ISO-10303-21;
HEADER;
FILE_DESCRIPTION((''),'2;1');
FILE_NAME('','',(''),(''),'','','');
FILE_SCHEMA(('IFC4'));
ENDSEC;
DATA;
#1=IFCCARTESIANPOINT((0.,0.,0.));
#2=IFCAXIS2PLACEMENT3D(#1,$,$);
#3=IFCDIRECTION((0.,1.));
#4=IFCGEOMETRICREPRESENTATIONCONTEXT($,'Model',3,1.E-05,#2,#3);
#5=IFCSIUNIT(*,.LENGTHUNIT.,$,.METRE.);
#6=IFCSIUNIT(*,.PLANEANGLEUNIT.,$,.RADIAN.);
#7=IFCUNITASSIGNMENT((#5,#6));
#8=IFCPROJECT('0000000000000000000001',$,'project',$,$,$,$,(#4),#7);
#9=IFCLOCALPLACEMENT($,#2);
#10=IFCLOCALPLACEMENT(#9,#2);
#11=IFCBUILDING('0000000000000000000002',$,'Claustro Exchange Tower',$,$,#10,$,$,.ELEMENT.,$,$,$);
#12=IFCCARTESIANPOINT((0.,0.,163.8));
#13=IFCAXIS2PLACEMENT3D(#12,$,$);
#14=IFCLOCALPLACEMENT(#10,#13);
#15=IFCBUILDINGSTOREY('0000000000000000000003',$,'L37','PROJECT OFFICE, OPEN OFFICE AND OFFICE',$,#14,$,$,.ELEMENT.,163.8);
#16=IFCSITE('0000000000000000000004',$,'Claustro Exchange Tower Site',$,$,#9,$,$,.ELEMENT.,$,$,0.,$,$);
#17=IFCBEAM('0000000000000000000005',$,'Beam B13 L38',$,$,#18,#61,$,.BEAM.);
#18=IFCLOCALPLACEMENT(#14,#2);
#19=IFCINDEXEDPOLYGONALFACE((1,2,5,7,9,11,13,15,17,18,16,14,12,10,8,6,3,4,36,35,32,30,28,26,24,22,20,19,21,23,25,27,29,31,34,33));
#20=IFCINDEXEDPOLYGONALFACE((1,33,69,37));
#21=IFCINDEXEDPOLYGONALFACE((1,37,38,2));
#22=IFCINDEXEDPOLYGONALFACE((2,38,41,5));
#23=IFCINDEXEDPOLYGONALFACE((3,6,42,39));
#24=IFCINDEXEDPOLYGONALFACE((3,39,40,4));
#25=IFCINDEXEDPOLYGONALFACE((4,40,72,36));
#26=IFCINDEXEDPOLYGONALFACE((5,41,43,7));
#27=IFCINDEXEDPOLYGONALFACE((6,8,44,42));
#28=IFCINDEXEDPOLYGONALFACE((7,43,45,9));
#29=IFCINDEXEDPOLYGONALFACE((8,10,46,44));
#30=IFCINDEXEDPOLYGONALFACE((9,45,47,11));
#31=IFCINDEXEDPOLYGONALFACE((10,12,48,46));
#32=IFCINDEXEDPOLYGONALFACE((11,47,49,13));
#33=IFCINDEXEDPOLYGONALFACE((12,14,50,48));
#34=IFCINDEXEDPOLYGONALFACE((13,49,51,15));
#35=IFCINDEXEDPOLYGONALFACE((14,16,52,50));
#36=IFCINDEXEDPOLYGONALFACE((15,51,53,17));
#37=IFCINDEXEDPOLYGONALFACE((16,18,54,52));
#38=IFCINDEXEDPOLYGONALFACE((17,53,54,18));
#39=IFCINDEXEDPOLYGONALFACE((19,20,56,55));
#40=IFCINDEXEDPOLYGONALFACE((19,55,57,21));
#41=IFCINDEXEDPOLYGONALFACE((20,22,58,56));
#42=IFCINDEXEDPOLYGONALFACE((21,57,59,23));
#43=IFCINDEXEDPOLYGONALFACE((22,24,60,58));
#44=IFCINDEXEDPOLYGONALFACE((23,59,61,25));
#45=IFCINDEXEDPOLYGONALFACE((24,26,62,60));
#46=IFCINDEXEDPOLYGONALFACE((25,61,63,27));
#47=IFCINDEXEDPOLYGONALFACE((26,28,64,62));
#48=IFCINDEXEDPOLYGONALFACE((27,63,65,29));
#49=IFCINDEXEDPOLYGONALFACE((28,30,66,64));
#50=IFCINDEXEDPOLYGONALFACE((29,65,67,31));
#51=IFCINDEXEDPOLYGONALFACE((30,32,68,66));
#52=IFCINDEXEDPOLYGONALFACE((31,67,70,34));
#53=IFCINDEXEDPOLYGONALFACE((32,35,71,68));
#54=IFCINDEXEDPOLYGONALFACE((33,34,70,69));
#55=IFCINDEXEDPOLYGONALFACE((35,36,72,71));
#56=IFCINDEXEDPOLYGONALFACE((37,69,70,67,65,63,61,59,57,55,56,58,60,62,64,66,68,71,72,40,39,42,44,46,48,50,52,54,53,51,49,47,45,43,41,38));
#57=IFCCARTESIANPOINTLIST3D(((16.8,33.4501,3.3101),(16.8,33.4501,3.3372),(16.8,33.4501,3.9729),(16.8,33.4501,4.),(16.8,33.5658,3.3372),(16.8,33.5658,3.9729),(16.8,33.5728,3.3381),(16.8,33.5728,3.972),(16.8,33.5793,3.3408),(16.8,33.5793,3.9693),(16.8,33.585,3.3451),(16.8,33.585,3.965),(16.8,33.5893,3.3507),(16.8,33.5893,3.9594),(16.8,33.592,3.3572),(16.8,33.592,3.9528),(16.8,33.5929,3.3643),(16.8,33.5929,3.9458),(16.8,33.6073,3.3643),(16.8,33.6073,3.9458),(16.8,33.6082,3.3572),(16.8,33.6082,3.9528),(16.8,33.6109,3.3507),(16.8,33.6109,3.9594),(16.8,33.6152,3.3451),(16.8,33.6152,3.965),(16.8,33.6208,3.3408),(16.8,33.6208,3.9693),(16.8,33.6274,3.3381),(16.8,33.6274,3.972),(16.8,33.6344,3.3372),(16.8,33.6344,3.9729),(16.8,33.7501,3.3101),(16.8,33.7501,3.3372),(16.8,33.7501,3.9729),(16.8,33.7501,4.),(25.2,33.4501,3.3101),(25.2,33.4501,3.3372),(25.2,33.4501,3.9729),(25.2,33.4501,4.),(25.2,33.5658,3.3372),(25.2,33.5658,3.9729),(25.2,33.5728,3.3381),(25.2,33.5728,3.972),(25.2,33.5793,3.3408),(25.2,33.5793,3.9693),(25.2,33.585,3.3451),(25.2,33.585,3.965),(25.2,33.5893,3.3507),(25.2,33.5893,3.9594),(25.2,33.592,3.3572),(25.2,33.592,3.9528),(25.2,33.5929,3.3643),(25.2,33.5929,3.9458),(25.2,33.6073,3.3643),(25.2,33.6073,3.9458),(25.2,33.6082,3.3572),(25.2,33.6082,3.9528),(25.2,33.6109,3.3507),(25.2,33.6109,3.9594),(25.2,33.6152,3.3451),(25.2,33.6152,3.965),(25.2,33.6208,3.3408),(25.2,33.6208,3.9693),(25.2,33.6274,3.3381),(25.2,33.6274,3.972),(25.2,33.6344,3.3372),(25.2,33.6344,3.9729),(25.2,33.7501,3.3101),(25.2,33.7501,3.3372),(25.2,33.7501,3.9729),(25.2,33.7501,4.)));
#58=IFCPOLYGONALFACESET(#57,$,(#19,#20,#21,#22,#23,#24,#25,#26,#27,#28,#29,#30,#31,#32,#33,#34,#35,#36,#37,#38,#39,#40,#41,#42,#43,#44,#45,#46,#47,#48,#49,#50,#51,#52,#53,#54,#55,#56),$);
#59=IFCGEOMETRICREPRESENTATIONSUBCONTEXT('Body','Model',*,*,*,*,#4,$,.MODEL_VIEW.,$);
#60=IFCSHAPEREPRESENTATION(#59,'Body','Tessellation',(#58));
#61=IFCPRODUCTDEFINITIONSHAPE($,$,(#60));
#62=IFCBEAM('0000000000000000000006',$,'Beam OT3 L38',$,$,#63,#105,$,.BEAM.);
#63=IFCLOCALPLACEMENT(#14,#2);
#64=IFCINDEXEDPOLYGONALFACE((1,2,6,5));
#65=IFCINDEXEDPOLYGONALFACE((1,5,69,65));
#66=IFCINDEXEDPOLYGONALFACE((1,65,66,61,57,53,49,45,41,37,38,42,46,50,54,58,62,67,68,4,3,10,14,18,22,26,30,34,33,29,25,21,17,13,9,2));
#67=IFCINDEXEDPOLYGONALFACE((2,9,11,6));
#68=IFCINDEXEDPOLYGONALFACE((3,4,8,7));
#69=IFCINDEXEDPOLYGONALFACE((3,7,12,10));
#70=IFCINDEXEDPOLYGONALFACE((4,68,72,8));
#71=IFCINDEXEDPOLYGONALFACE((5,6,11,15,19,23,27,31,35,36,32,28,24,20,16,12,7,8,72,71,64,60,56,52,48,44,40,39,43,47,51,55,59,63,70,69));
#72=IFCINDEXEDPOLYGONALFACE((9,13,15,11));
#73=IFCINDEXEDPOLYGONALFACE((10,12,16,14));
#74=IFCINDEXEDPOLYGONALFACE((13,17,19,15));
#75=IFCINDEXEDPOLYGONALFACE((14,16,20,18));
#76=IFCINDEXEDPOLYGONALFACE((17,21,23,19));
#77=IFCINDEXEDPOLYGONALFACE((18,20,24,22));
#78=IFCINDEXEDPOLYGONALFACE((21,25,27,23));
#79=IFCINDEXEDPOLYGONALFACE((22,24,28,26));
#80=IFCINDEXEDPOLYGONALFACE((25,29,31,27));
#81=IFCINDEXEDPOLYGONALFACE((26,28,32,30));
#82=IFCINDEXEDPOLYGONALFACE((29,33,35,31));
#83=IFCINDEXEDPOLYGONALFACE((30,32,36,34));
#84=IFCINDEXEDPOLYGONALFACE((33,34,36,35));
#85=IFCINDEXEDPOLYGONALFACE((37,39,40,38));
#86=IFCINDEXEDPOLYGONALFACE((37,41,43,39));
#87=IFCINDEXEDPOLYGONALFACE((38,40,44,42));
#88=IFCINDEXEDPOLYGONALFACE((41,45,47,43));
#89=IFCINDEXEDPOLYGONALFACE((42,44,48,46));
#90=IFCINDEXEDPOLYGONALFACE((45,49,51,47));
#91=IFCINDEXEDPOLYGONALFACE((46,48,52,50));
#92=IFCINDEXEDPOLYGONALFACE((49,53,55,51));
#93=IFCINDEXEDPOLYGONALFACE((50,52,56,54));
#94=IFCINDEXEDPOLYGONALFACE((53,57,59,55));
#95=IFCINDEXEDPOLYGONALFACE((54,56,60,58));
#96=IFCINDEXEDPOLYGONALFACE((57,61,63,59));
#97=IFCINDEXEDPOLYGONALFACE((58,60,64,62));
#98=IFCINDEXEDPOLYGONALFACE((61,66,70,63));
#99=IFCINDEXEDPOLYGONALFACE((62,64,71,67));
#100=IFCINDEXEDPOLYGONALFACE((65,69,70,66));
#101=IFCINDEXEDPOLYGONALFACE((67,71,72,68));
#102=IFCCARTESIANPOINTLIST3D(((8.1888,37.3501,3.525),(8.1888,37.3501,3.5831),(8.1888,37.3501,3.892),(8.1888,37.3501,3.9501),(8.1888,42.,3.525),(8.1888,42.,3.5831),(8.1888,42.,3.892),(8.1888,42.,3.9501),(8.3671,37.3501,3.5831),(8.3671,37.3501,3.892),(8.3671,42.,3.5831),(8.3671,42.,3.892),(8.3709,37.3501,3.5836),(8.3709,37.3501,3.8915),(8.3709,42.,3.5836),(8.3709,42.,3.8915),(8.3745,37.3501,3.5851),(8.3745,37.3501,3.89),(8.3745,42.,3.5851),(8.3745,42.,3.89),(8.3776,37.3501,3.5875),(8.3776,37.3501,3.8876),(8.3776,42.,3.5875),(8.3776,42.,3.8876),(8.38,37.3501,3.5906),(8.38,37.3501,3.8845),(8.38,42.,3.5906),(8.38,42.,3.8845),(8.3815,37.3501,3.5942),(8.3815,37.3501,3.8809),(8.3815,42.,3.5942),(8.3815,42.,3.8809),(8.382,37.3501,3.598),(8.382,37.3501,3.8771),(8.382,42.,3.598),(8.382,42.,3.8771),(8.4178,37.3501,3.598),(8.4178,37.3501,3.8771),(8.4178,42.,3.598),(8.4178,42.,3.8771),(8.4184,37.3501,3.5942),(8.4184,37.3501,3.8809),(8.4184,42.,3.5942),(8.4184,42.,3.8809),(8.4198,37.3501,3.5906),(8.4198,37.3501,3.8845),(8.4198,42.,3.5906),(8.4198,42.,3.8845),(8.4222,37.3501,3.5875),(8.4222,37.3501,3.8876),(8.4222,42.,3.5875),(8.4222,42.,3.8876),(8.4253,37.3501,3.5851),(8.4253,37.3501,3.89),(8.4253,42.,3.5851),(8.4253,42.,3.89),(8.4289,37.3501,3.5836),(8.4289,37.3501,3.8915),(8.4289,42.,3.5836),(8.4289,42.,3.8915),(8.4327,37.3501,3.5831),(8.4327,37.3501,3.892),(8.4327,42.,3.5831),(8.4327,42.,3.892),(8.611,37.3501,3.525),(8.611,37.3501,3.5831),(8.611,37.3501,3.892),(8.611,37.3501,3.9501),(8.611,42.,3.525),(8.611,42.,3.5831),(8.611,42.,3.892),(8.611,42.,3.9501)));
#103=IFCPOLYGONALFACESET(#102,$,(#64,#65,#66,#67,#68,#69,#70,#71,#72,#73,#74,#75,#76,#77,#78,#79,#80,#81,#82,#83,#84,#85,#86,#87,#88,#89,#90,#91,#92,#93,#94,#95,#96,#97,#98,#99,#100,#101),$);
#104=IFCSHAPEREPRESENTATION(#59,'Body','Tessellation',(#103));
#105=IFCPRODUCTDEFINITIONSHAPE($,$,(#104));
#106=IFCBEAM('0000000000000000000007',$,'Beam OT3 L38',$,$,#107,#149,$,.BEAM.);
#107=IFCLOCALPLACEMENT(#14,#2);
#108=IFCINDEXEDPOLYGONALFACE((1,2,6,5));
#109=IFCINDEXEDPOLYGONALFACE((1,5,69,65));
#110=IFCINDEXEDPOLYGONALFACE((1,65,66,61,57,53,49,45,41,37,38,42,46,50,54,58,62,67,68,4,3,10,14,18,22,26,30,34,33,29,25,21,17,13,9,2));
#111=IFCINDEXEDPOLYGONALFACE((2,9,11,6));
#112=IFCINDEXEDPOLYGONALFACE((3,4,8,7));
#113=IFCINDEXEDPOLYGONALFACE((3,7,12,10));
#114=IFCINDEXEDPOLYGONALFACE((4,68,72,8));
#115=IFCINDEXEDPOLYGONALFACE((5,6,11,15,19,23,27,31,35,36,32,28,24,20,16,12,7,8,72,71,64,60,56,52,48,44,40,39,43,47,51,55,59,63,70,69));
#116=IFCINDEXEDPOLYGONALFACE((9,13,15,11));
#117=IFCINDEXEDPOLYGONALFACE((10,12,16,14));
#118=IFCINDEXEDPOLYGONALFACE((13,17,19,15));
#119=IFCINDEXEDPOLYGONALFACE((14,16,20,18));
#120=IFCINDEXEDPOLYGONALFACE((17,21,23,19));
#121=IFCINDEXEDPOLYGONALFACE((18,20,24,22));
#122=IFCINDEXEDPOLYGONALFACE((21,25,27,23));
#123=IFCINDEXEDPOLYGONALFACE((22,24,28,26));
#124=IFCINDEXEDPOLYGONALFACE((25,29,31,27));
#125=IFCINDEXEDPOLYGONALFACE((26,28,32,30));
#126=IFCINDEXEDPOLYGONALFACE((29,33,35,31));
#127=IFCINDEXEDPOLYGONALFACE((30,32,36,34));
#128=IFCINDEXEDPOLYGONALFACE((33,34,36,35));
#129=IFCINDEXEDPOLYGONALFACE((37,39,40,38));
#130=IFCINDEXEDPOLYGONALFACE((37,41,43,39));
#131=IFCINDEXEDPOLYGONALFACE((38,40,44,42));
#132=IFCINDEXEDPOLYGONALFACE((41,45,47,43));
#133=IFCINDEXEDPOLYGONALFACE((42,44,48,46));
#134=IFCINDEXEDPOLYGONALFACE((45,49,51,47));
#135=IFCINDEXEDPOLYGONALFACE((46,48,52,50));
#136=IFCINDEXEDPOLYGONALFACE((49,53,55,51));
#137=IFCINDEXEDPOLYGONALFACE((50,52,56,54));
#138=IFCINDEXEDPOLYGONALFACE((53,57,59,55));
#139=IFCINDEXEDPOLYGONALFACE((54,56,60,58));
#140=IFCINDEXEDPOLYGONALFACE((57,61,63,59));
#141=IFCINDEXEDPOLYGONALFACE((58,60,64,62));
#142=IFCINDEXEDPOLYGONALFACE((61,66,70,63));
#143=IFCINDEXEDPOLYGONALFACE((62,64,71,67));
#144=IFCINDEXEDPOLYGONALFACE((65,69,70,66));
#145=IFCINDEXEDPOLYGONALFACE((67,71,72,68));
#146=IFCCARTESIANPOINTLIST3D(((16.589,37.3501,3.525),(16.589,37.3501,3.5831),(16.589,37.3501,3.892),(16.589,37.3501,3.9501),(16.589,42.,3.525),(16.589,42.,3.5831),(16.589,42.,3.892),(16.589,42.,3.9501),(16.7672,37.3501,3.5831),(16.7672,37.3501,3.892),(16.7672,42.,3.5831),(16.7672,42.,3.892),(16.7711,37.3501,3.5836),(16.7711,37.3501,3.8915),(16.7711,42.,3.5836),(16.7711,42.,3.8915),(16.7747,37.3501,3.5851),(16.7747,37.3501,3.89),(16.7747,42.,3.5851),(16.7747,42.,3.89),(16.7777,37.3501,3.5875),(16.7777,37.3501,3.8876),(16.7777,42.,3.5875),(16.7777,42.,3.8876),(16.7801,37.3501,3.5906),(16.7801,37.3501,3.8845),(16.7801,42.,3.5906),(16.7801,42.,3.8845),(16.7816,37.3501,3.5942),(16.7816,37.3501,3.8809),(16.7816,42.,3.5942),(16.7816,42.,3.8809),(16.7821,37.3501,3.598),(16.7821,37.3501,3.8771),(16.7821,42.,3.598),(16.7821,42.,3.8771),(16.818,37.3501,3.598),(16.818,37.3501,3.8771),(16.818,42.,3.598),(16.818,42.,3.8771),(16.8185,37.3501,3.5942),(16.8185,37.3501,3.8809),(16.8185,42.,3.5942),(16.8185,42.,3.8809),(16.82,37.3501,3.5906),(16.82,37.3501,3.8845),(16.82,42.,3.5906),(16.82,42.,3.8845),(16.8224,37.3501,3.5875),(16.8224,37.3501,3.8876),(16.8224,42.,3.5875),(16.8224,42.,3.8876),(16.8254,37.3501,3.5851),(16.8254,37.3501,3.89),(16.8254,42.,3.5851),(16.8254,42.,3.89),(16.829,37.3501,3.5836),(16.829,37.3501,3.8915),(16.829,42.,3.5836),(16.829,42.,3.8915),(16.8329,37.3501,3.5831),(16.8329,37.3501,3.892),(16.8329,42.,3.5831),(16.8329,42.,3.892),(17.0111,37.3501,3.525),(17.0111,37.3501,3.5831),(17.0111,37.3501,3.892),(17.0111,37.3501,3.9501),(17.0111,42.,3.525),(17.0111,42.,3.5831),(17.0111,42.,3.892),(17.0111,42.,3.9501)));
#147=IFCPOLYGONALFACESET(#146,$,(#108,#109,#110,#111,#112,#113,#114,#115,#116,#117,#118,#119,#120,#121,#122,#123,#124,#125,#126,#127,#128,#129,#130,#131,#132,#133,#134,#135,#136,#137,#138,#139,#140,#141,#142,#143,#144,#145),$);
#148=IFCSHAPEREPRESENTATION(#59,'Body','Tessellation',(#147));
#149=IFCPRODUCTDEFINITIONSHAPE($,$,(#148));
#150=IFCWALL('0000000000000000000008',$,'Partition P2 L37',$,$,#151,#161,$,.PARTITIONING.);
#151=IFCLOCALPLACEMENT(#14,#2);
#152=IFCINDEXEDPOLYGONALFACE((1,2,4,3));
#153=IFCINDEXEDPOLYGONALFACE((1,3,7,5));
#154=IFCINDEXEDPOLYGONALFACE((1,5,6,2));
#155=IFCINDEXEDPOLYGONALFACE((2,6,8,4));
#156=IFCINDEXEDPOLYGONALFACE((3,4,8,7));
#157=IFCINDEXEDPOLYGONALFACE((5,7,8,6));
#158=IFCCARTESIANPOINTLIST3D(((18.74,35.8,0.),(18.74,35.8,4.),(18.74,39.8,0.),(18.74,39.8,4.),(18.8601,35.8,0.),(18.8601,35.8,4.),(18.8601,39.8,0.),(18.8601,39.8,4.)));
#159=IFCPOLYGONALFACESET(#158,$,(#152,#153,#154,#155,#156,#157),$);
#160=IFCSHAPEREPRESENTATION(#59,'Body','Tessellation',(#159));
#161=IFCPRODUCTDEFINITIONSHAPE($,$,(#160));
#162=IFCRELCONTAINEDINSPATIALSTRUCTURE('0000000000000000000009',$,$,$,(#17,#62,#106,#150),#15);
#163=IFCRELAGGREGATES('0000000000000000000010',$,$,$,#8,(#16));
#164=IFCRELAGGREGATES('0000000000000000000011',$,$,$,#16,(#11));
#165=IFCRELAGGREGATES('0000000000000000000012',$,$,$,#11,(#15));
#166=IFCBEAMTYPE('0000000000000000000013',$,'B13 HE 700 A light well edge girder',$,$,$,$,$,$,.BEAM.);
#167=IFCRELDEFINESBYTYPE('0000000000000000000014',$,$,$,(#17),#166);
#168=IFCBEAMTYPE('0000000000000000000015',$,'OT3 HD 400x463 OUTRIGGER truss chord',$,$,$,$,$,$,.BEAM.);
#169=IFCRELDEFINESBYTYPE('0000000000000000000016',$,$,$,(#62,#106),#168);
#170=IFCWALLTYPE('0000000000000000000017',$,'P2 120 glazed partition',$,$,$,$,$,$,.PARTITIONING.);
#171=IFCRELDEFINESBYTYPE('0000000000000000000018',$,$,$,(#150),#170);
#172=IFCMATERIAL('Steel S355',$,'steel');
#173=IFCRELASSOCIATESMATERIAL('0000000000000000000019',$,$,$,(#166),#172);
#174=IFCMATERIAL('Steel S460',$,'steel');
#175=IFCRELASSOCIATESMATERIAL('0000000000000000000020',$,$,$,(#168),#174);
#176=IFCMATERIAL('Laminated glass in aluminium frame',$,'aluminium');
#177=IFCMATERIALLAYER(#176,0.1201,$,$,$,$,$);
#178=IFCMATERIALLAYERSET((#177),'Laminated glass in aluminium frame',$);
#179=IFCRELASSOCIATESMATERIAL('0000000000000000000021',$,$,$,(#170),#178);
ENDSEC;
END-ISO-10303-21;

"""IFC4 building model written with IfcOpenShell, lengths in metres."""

from ifc_helpers import new_model, si_unit, direction, frame, frame_2d, origin, origin_2d, place, context, subcontext, project, spatial, rectangle, i_section, extrude, material, layer, layer_set, material_profile, profile_set, type_object, element, save


model = new_model("IFC4")

# Units and contexts
model_context = context("Model", 3, precision=1e-05, world=origin(), true_north=direction((0.0, 1.0)))
body_context = subcontext(model_context, "Body", "Model", "MODEL_VIEW")
ifc_project = project(units=[si_unit("LENGTHUNIT", "METRE"), si_unit("PLANEANGLEUNIT", "RADIAN")], contexts=[model_context])

# Site, building, storey
site_placement = place(None, origin())
site = spatial("IfcSite", under=ifc_project, at=site_placement, Name="Claustro Exchange Tower Site", CompositionType="ELEMENT", RefElevation=0.0)
building_placement = place(site_placement, origin())
building = spatial("IfcBuilding", under=site, at=building_placement, Name="Claustro Exchange Tower", CompositionType="ELEMENT")
storey_placement = place(building_placement, frame((0.0, 0.0, 163.8)))
storey = spatial("IfcBuildingStorey", under=building, at=storey_placement, Name="L37", Description="PROJECT OFFICE, OPEN OFFICE AND OFFICE", CompositionType="ELEMENT", Elevation=163.8)

# Beams
ifc_material_1 = material(Name="Steel S355", Category="steel")
ifc_material_profile_1 = material_profile(ifc_material_1, i_section(OverallWidth=0.3, OverallDepth=0.6899, WebThickness=0.0144, FlangeThickness=0.0271, FilletRadius=0.0271, at=origin_2d()), Name="HE 700 A")
ifc_profile_set_1 = profile_set([ifc_material_profile_1], Name="Steel S355")
beam_type_1 = type_object("IfcBeamType", Name="B13 HE 700 A light well edge girder", PredefinedType="BEAM", material=ifc_profile_set_1)
beam_placement = place(storey_placement, frame((16.8, 33.6001, 3.655), z_axis=(1.0, 0.0, 0.0), x_axis=(0.0, 1.0, 0.0)))
element("IfcBeam", 1, at=beam_placement, inside=storey, type_object=beam_type_1, Name="Beam B13 L38", PredefinedType="BEAM", context=body_context, shape_type="SweptSolid", body=[
    extrude(i_section(OverallWidth=0.3, OverallDepth=0.6899, WebThickness=0.0144, FlangeThickness=0.0271, FilletRadius=0.0271, at=origin_2d()), origin(), (0.0, 0.0, 1.0), 8.3999),
])
ifc_material_2 = material(Name="Steel S460", Category="steel")
ifc_material_profile_2 = material_profile(ifc_material_2, i_section(OverallWidth=0.4221, OverallDepth=0.425, WebThickness=0.0359, FlangeThickness=0.0581, FilletRadius=0.0149, at=origin_2d()), Name="HD 400x463")
ifc_profile_set_2 = profile_set([ifc_material_profile_2], Name="Steel S460")
beam_type_2 = type_object("IfcBeamType", Name="OT3 HD 400x463 OUTRIGGER truss chord", PredefinedType="BEAM", material=ifc_profile_set_2)
for number, where, z_axis, x_axis, name in (
    (2, (8.3999, 37.3501, 3.7375), (0.0, 1.0, 0.0), (-1.0, 0.0, 0.0), "Beam OT3 L38"),
    (3, (16.8, 37.3501, 3.7375), (0.0, 1.0, 0.0), (-1.0, 0.0, 0.0), "Beam OT3 L38"),
):
    element("IfcBeam", number, at=place(storey_placement, frame(where, z_axis=z_axis, x_axis=x_axis)), inside=storey, type_object=beam_type_2, Name=name, PredefinedType="BEAM", context=body_context, shape_type="SweptSolid", body=[
        extrude(i_section(OverallWidth=0.4221, OverallDepth=0.425, WebThickness=0.0359, FlangeThickness=0.0581, FilletRadius=0.0149, at=origin_2d()), origin(), (0.0, 0.0, 1.0), 4.6499),
    ])

# Wall
ifc_material_3 = material(Name="Laminated glass in aluminium frame", Category="aluminium")
ifc_layer_1 = layer(ifc_material_3, 0.1201)
ifc_layer_set_1 = layer_set([ifc_layer_1], Name="Laminated glass in aluminium frame")
wall_type_1 = type_object("IfcWallType", Name="P2 120 glazed partition", PredefinedType="PARTITIONING", material=ifc_layer_set_1)
wall_1_placement = place(storey_placement, frame((18.8, 35.8, 0.0), z_axis=(0.0, 0.0, 1.0), x_axis=(0.0, 1.0, 0.0)))
element("IfcWall", 4, at=wall_1_placement, inside=storey, type_object=wall_type_1, Name="Partition P2 L37", PredefinedType="PARTITIONING", context=body_context, shape_type="SweptSolid", body=[
    extrude(rectangle(XDim=4.0, YDim=0.1201, at=frame_2d((2.0, 0.0))), origin(), (0.0, 0.0, 1.0), 4.0),
])

save(model, "model.ifc")
